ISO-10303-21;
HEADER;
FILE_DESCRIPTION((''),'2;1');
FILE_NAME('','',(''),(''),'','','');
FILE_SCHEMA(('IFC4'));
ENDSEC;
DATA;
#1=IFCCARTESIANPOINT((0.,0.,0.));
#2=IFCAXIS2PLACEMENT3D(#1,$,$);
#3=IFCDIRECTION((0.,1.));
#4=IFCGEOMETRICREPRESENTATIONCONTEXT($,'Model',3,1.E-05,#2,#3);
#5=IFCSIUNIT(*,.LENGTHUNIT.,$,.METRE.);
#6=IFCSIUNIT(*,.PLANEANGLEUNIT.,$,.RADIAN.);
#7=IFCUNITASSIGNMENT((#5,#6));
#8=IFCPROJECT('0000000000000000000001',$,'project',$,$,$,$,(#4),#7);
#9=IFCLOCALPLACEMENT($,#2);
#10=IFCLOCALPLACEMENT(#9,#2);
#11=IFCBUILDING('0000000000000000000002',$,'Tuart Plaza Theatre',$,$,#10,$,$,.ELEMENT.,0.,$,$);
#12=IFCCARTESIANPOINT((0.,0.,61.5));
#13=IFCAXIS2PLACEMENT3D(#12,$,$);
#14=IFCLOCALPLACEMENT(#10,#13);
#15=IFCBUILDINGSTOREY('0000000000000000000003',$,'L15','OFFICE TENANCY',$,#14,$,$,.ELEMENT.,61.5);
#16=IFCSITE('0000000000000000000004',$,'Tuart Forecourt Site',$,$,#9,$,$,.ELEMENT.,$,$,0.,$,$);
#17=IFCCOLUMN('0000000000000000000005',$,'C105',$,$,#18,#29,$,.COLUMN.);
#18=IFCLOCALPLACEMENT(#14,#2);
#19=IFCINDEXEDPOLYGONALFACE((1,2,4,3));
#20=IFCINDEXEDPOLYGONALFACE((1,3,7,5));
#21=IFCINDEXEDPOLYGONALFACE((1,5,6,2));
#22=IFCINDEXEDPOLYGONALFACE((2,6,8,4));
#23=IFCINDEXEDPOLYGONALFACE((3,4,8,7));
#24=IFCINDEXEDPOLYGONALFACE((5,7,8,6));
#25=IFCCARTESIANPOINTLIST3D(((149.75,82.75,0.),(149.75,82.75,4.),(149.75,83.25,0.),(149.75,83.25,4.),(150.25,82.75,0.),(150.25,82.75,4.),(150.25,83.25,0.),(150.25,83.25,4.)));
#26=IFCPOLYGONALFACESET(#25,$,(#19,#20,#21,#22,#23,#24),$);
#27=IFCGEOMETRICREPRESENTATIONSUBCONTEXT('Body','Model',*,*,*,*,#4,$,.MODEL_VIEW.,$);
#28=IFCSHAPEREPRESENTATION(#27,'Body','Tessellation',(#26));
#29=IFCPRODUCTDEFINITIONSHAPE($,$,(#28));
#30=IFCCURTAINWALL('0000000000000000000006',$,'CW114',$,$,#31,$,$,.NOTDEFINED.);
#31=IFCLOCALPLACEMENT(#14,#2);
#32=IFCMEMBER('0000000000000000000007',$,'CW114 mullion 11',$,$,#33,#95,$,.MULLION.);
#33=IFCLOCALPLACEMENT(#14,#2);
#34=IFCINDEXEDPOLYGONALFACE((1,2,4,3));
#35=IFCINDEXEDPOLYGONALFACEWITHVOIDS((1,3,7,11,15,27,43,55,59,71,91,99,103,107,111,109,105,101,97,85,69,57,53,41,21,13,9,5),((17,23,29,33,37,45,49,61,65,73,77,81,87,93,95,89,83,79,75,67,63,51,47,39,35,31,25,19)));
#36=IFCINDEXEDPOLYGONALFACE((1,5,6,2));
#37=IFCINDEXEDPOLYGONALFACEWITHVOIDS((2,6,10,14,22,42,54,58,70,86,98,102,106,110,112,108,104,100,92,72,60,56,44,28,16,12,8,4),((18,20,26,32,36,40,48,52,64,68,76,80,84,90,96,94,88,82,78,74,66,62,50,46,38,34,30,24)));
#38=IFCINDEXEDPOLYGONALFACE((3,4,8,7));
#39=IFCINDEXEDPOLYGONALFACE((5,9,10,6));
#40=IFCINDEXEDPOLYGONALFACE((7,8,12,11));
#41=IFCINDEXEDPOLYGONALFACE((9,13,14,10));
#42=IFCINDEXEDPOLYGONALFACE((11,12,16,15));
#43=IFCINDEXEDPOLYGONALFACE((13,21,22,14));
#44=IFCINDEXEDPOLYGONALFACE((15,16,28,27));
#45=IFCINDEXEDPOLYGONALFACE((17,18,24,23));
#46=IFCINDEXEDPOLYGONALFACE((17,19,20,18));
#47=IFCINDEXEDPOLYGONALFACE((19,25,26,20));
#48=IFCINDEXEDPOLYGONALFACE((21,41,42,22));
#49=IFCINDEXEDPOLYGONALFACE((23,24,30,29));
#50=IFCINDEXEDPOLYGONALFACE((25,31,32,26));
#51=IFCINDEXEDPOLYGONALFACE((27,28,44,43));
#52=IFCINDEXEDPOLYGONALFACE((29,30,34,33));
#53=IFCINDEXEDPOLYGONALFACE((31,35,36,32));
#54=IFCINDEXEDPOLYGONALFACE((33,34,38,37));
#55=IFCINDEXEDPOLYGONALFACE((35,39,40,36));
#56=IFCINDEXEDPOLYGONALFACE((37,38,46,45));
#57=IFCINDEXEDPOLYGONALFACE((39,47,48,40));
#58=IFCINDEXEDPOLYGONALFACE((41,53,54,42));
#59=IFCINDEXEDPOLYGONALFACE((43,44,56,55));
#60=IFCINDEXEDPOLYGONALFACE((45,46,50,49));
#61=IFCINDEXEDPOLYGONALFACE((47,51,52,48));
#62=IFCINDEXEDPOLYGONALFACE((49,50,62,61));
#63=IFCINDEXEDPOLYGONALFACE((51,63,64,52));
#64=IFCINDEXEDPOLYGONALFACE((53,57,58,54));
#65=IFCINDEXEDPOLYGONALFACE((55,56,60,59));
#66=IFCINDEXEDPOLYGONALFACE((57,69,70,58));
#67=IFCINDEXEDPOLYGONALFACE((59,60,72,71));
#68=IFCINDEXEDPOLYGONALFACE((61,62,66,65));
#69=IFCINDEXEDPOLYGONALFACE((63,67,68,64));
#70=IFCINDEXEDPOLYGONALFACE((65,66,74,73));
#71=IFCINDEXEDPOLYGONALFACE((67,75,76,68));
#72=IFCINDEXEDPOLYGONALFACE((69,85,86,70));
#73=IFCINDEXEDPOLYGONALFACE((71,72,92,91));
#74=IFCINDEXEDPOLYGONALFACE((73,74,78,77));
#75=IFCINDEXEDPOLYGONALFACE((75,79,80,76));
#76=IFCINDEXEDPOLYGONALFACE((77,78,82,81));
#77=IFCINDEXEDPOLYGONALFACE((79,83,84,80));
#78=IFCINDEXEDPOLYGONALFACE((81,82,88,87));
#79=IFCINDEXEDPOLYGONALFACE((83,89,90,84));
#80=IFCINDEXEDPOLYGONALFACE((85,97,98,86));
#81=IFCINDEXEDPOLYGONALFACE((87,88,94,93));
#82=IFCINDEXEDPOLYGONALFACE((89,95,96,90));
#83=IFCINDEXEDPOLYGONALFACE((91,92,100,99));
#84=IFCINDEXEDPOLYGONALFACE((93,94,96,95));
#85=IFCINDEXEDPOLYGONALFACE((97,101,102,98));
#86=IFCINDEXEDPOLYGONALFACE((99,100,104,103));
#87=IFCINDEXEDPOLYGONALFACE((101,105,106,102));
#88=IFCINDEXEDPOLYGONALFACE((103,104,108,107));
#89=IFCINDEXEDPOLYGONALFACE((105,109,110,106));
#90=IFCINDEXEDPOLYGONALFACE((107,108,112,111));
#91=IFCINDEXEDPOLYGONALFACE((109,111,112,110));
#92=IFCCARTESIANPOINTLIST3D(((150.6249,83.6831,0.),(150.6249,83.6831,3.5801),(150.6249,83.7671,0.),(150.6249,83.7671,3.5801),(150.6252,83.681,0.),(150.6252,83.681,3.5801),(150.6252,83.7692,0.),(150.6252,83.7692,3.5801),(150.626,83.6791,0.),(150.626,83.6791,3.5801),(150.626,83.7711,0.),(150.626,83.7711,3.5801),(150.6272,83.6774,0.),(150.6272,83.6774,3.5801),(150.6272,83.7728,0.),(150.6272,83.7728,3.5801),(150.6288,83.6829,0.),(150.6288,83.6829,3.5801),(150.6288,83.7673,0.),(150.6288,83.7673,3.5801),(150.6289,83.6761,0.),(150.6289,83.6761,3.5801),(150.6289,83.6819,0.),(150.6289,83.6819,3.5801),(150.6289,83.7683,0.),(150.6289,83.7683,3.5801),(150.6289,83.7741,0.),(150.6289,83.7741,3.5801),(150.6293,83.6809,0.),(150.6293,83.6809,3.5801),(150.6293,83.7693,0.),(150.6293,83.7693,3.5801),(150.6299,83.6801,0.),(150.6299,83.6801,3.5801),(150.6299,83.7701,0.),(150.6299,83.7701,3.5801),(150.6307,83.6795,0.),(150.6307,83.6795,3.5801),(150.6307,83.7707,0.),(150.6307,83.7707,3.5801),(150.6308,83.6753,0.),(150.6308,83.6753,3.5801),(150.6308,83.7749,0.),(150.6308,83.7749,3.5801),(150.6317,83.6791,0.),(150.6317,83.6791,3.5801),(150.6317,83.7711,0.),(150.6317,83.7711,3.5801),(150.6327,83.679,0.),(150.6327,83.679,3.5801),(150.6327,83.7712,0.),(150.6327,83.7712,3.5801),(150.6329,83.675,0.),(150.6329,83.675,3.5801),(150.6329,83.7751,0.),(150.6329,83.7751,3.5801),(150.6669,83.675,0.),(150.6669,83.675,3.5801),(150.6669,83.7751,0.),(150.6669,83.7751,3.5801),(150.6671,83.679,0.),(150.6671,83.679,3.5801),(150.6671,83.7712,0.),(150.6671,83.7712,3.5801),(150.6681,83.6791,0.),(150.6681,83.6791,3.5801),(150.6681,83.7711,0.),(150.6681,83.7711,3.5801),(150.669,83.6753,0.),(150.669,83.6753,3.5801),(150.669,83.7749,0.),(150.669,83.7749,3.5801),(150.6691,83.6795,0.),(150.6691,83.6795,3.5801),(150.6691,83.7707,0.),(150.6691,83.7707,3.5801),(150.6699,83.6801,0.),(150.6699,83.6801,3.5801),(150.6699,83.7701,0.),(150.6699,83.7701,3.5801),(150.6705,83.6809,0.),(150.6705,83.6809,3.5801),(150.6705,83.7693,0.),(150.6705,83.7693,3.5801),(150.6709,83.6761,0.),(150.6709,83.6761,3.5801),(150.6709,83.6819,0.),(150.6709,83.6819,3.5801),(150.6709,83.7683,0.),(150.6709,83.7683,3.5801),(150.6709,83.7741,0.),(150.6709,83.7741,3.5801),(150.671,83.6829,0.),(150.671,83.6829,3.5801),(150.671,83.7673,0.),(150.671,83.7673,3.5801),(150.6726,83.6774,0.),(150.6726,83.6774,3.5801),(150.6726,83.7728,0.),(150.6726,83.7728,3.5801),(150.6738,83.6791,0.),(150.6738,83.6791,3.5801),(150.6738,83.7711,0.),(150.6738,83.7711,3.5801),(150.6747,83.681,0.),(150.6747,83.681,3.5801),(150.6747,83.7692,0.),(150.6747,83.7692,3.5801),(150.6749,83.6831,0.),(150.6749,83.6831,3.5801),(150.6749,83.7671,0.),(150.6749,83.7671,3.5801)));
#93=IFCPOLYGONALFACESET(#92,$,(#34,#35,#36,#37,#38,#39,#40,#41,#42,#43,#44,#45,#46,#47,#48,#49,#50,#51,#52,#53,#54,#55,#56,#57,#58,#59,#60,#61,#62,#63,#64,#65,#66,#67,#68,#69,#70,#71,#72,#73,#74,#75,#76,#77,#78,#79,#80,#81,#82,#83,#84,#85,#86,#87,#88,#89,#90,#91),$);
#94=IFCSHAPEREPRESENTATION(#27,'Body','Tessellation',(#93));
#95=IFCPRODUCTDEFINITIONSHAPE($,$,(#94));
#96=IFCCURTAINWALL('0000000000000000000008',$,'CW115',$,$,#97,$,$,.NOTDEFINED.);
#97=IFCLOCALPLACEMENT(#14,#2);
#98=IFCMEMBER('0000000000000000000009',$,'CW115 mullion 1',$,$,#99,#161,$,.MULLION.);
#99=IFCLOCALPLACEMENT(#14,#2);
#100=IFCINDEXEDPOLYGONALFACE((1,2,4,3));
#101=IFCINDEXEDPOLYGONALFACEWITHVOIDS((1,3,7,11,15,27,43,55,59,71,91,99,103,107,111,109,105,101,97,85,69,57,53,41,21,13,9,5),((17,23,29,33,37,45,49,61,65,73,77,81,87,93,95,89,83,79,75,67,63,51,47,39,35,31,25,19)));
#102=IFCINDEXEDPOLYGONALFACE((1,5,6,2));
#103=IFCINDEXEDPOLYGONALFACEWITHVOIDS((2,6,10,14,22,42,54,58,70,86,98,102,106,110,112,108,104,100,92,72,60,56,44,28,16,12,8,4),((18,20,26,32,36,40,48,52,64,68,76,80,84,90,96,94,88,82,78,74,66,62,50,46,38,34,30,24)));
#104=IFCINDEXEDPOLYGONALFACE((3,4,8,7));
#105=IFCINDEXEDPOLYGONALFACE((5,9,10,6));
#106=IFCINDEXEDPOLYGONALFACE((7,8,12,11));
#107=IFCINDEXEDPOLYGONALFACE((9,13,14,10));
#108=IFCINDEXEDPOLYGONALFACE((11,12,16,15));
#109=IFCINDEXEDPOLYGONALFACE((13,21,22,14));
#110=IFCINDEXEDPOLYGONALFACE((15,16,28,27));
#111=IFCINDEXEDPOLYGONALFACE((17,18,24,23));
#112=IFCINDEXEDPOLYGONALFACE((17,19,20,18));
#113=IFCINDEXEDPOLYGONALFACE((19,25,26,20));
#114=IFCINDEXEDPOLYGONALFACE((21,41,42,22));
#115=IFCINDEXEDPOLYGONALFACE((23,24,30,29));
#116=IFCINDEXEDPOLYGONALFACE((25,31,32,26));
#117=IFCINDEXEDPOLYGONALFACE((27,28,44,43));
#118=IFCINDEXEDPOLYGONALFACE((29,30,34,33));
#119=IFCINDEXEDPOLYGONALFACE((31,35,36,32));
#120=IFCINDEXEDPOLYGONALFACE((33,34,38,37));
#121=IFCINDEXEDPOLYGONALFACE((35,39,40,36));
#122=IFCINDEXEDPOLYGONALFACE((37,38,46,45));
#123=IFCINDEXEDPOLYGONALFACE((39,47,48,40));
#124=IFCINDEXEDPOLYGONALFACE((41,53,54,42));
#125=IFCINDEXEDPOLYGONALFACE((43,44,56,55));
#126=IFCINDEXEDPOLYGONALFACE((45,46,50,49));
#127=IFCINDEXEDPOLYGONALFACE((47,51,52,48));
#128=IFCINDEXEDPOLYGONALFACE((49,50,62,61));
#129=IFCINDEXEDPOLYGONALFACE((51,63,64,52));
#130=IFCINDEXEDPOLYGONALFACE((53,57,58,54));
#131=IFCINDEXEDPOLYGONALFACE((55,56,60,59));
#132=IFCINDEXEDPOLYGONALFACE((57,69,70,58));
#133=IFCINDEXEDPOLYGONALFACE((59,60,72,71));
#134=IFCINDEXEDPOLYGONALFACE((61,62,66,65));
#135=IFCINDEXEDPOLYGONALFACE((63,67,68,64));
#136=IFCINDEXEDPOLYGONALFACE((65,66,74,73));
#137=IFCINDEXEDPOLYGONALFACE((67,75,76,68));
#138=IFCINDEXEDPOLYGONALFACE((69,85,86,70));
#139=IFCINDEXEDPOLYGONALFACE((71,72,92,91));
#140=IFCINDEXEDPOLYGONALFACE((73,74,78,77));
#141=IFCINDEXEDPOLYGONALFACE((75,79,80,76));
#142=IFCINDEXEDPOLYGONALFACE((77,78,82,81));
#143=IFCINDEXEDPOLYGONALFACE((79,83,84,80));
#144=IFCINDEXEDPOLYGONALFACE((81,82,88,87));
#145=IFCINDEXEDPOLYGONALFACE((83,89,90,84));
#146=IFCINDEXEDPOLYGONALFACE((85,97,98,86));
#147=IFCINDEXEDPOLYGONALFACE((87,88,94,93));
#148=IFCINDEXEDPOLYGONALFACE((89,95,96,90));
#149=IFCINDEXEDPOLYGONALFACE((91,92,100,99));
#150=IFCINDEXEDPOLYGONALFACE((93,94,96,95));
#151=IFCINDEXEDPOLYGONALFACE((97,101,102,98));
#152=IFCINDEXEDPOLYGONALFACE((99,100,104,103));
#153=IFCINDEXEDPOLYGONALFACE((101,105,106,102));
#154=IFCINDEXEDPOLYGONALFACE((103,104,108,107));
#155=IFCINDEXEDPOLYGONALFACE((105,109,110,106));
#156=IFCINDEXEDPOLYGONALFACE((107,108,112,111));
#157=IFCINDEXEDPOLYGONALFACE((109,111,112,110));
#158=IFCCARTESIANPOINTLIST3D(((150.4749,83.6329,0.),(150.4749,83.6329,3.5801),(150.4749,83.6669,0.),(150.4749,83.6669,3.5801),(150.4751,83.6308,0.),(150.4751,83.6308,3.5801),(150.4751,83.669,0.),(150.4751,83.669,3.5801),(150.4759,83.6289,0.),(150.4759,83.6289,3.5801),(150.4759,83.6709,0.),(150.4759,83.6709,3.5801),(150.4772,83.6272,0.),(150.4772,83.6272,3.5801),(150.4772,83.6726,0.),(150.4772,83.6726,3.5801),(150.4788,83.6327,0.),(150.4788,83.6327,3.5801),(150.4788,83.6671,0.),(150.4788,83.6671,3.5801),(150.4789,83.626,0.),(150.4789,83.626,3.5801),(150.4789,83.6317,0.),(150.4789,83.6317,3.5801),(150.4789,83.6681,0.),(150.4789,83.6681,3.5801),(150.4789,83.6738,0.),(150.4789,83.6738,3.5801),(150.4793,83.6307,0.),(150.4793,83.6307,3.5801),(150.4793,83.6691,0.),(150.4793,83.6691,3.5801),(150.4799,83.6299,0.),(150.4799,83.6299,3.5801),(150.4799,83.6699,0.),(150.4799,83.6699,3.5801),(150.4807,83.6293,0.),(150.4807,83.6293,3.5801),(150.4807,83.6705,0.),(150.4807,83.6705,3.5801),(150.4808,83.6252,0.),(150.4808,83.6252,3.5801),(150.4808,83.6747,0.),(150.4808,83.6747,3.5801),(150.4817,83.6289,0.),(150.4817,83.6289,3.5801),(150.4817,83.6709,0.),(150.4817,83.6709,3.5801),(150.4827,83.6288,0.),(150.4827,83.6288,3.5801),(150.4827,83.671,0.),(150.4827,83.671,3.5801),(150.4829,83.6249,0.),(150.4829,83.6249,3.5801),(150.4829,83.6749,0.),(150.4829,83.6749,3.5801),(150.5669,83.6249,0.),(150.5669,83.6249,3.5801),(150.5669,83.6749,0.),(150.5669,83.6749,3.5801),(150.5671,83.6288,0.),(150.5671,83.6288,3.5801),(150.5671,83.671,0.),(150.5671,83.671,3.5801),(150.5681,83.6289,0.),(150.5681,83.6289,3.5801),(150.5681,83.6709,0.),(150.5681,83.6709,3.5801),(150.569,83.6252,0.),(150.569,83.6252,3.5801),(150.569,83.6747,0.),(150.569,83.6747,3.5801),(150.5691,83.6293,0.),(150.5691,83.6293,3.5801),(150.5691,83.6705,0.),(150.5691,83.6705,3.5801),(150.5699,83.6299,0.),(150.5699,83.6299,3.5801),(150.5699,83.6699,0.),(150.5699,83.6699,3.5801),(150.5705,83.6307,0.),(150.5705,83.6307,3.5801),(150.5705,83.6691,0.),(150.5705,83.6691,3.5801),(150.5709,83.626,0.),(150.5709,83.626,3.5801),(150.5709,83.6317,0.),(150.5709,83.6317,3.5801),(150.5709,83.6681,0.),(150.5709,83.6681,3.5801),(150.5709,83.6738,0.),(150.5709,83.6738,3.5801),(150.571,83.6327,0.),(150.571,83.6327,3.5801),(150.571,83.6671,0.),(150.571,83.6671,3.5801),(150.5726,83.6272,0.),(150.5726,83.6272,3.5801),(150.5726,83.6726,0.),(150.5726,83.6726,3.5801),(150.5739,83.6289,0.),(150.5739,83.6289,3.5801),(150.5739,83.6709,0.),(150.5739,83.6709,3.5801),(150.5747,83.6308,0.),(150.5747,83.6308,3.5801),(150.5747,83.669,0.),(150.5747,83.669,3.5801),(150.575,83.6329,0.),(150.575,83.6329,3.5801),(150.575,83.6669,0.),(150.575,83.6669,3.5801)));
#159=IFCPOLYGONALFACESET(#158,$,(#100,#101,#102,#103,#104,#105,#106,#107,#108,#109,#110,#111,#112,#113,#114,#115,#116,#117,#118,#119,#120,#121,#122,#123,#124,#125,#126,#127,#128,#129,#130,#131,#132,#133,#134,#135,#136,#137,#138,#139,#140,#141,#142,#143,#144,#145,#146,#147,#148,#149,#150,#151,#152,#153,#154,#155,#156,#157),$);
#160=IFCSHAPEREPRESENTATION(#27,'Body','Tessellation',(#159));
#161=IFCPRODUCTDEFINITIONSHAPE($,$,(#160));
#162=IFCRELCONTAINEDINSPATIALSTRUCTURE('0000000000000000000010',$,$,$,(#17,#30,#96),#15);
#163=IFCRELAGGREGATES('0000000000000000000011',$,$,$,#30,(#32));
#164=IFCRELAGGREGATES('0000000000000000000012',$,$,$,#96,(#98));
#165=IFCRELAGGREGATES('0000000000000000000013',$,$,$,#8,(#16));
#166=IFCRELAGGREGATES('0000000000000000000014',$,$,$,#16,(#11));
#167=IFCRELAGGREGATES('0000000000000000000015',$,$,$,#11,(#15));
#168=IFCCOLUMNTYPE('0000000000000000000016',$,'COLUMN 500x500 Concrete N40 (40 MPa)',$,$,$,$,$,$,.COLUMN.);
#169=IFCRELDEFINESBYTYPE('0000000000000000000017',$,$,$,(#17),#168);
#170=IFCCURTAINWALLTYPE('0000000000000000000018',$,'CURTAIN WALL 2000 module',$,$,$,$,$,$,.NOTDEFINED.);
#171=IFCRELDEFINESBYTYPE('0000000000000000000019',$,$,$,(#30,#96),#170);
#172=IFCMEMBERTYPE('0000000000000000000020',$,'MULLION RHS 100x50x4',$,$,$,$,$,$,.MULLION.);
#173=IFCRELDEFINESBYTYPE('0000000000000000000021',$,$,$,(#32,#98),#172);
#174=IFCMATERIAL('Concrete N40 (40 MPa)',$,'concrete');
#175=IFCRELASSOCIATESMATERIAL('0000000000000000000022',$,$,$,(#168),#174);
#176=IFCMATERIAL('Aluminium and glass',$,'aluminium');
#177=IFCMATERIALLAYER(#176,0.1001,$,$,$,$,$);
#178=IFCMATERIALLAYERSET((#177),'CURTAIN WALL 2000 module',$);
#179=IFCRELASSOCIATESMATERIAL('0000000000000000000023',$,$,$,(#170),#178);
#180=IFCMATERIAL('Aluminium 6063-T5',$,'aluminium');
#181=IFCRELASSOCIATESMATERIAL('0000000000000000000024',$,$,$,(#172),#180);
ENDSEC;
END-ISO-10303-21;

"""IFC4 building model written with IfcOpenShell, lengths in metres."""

from ifc_helpers import new_model, si_unit, direction, frame, origin, origin_2d, place, context, subcontext, project, spatial, rectangle, hollow_rectangle, extrude, material, layer, layer_set, material_profile, profile_set, type_object, element, aggregate, save


model = new_model("IFC4")

# Units and contexts
model_context = context("Model", 3, precision=1e-05, world=origin(), true_north=direction((0.0, 1.0)))
body_context = subcontext(model_context, "Body", "Model", "MODEL_VIEW")
ifc_project = project(units=[si_unit("LENGTHUNIT", "METRE"), si_unit("PLANEANGLEUNIT", "RADIAN")], contexts=[model_context])

# Site, building, storey
site_placement = place(None, origin())
site = spatial("IfcSite", under=ifc_project, at=site_placement, Name="Tuart Forecourt Site", CompositionType="ELEMENT", RefElevation=0.0)
building_placement = place(site_placement, origin())
building = spatial("IfcBuilding", under=site, at=building_placement, Name="Tuart Plaza Theatre", CompositionType="ELEMENT", ElevationOfRefHeight=0.0)
storey_placement = place(building_placement, frame((0.0, 0.0, 61.5)))
storey = spatial("IfcBuildingStorey", under=building, at=storey_placement, Name="L15", Description="OFFICE TENANCY", CompositionType="ELEMENT", Elevation=61.5)

# Column
ifc_material_1 = material(Name="Concrete N40 (40 MPa)", Category="concrete")
ifc_material_profile_1 = material_profile(ifc_material_1, rectangle(XDim=0.5, YDim=0.5, at=origin_2d()), Name="COLUMN 500x500 Concrete N40 (40 MPa)")
ifc_profile_set_1 = profile_set([ifc_material_profile_1], Name="Concrete N40 (40 MPa)")
column_type = type_object("IfcColumnType", Name="COLUMN 500x500 Concrete N40 (40 MPa)", PredefinedType="COLUMN", material=ifc_profile_set_1)
column_placement = place(storey_placement, frame((150.0, 83.0, 0.0), z_axis=(0.0, 0.0, 1.0), x_axis=(1.0, 0.0, 0.0)))
element("IfcColumn", 1, at=column_placement, inside=storey, type_object=column_type, Name="C105", PredefinedType="COLUMN", context=body_context, shape_type="SweptSolid", body=[
    extrude(rectangle(XDim=0.5, YDim=0.5, at=origin_2d()), origin(), (0.0, 0.0, 1.0), 4.0),
])

# Curtain wall, member
ifc_material_2 = material(Name="Aluminium and glass", Category="aluminium")
ifc_layer_1 = layer(ifc_material_2, 0.1001)
ifc_layer_set_1 = layer_set([ifc_layer_1], Name="CURTAIN WALL 2000 module")
curtain_wall_type = type_object("IfcCurtainWallType", Name="CURTAIN WALL 2000 module", PredefinedType="NOTDEFINED", material=ifc_layer_set_1)
curtain_wall_1_placement = place(storey_placement, origin())
curtain_wall_1 = element("IfcCurtainWall", 2, at=curtain_wall_1_placement, inside=storey, type_object=curtain_wall_type, Name="CW114", PredefinedType="NOTDEFINED")
ifc_material_3 = material(Name="Aluminium 6063-T5", Category="aluminium")
ifc_material_profile_2 = material_profile(ifc_material_3, hollow_rectangle(XDim=0.05, YDim=0.1001, WallThickness=0.0039, InnerFilletRadius=0.0039, OuterFilletRadius=0.0081, at=origin_2d()), Name="RHS 100x50x4")
ifc_profile_set_2 = profile_set([ifc_material_profile_2], Name="Aluminium 6063-T5")
member_type_1 = type_object("IfcMemberType", Name="MULLION RHS 100x50x4", PredefinedType="MULLION", material=ifc_profile_set_2)
member_1_placement = place(storey_placement, frame((150.6499, 83.7251, 0.0), z_axis=(0.0, 0.0, 1.0), x_axis=(-1.0, 0.0, 0.0)))
member_1 = element("IfcMember", 3, at=member_1_placement, type_object=member_type_1, Name="CW114 mullion 11", PredefinedType="MULLION", context=body_context, shape_type="SweptSolid", body=[
    extrude(hollow_rectangle(XDim=0.05, YDim=0.1001, WallThickness=0.0039, InnerFilletRadius=0.0039, OuterFilletRadius=0.0081, at=origin_2d()), origin(), (0.0, 0.0, 1.0), 3.5801),
])

# Curtain wall, member
curtain_wall_2_placement = place(storey_placement, origin())
curtain_wall_2 = element("IfcCurtainWall", 4, at=curtain_wall_2_placement, inside=storey, type_object=curtain_wall_type, Name="CW115", PredefinedType="NOTDEFINED")
member_2_placement = place(storey_placement, frame((150.5249, 83.6499, 0.0), z_axis=(0.0, 0.0, 1.0), x_axis=(0.0, -1.0, 0.0)))
member_2 = element("IfcMember", 5, at=member_2_placement, type_object=member_type_1, Name="CW115 mullion 1", PredefinedType="MULLION", context=body_context, shape_type="SweptSolid", body=[
    extrude(hollow_rectangle(XDim=0.05, YDim=0.1001, WallThickness=0.0039, InnerFilletRadius=0.0039, OuterFilletRadius=0.0081, at=origin_2d()), origin(), (0.0, 0.0, 1.0), 3.5801),
])

aggregate(curtain_wall_1, [member_1])
aggregate(curtain_wall_2, [member_2])

save(model, "model.ifc")
